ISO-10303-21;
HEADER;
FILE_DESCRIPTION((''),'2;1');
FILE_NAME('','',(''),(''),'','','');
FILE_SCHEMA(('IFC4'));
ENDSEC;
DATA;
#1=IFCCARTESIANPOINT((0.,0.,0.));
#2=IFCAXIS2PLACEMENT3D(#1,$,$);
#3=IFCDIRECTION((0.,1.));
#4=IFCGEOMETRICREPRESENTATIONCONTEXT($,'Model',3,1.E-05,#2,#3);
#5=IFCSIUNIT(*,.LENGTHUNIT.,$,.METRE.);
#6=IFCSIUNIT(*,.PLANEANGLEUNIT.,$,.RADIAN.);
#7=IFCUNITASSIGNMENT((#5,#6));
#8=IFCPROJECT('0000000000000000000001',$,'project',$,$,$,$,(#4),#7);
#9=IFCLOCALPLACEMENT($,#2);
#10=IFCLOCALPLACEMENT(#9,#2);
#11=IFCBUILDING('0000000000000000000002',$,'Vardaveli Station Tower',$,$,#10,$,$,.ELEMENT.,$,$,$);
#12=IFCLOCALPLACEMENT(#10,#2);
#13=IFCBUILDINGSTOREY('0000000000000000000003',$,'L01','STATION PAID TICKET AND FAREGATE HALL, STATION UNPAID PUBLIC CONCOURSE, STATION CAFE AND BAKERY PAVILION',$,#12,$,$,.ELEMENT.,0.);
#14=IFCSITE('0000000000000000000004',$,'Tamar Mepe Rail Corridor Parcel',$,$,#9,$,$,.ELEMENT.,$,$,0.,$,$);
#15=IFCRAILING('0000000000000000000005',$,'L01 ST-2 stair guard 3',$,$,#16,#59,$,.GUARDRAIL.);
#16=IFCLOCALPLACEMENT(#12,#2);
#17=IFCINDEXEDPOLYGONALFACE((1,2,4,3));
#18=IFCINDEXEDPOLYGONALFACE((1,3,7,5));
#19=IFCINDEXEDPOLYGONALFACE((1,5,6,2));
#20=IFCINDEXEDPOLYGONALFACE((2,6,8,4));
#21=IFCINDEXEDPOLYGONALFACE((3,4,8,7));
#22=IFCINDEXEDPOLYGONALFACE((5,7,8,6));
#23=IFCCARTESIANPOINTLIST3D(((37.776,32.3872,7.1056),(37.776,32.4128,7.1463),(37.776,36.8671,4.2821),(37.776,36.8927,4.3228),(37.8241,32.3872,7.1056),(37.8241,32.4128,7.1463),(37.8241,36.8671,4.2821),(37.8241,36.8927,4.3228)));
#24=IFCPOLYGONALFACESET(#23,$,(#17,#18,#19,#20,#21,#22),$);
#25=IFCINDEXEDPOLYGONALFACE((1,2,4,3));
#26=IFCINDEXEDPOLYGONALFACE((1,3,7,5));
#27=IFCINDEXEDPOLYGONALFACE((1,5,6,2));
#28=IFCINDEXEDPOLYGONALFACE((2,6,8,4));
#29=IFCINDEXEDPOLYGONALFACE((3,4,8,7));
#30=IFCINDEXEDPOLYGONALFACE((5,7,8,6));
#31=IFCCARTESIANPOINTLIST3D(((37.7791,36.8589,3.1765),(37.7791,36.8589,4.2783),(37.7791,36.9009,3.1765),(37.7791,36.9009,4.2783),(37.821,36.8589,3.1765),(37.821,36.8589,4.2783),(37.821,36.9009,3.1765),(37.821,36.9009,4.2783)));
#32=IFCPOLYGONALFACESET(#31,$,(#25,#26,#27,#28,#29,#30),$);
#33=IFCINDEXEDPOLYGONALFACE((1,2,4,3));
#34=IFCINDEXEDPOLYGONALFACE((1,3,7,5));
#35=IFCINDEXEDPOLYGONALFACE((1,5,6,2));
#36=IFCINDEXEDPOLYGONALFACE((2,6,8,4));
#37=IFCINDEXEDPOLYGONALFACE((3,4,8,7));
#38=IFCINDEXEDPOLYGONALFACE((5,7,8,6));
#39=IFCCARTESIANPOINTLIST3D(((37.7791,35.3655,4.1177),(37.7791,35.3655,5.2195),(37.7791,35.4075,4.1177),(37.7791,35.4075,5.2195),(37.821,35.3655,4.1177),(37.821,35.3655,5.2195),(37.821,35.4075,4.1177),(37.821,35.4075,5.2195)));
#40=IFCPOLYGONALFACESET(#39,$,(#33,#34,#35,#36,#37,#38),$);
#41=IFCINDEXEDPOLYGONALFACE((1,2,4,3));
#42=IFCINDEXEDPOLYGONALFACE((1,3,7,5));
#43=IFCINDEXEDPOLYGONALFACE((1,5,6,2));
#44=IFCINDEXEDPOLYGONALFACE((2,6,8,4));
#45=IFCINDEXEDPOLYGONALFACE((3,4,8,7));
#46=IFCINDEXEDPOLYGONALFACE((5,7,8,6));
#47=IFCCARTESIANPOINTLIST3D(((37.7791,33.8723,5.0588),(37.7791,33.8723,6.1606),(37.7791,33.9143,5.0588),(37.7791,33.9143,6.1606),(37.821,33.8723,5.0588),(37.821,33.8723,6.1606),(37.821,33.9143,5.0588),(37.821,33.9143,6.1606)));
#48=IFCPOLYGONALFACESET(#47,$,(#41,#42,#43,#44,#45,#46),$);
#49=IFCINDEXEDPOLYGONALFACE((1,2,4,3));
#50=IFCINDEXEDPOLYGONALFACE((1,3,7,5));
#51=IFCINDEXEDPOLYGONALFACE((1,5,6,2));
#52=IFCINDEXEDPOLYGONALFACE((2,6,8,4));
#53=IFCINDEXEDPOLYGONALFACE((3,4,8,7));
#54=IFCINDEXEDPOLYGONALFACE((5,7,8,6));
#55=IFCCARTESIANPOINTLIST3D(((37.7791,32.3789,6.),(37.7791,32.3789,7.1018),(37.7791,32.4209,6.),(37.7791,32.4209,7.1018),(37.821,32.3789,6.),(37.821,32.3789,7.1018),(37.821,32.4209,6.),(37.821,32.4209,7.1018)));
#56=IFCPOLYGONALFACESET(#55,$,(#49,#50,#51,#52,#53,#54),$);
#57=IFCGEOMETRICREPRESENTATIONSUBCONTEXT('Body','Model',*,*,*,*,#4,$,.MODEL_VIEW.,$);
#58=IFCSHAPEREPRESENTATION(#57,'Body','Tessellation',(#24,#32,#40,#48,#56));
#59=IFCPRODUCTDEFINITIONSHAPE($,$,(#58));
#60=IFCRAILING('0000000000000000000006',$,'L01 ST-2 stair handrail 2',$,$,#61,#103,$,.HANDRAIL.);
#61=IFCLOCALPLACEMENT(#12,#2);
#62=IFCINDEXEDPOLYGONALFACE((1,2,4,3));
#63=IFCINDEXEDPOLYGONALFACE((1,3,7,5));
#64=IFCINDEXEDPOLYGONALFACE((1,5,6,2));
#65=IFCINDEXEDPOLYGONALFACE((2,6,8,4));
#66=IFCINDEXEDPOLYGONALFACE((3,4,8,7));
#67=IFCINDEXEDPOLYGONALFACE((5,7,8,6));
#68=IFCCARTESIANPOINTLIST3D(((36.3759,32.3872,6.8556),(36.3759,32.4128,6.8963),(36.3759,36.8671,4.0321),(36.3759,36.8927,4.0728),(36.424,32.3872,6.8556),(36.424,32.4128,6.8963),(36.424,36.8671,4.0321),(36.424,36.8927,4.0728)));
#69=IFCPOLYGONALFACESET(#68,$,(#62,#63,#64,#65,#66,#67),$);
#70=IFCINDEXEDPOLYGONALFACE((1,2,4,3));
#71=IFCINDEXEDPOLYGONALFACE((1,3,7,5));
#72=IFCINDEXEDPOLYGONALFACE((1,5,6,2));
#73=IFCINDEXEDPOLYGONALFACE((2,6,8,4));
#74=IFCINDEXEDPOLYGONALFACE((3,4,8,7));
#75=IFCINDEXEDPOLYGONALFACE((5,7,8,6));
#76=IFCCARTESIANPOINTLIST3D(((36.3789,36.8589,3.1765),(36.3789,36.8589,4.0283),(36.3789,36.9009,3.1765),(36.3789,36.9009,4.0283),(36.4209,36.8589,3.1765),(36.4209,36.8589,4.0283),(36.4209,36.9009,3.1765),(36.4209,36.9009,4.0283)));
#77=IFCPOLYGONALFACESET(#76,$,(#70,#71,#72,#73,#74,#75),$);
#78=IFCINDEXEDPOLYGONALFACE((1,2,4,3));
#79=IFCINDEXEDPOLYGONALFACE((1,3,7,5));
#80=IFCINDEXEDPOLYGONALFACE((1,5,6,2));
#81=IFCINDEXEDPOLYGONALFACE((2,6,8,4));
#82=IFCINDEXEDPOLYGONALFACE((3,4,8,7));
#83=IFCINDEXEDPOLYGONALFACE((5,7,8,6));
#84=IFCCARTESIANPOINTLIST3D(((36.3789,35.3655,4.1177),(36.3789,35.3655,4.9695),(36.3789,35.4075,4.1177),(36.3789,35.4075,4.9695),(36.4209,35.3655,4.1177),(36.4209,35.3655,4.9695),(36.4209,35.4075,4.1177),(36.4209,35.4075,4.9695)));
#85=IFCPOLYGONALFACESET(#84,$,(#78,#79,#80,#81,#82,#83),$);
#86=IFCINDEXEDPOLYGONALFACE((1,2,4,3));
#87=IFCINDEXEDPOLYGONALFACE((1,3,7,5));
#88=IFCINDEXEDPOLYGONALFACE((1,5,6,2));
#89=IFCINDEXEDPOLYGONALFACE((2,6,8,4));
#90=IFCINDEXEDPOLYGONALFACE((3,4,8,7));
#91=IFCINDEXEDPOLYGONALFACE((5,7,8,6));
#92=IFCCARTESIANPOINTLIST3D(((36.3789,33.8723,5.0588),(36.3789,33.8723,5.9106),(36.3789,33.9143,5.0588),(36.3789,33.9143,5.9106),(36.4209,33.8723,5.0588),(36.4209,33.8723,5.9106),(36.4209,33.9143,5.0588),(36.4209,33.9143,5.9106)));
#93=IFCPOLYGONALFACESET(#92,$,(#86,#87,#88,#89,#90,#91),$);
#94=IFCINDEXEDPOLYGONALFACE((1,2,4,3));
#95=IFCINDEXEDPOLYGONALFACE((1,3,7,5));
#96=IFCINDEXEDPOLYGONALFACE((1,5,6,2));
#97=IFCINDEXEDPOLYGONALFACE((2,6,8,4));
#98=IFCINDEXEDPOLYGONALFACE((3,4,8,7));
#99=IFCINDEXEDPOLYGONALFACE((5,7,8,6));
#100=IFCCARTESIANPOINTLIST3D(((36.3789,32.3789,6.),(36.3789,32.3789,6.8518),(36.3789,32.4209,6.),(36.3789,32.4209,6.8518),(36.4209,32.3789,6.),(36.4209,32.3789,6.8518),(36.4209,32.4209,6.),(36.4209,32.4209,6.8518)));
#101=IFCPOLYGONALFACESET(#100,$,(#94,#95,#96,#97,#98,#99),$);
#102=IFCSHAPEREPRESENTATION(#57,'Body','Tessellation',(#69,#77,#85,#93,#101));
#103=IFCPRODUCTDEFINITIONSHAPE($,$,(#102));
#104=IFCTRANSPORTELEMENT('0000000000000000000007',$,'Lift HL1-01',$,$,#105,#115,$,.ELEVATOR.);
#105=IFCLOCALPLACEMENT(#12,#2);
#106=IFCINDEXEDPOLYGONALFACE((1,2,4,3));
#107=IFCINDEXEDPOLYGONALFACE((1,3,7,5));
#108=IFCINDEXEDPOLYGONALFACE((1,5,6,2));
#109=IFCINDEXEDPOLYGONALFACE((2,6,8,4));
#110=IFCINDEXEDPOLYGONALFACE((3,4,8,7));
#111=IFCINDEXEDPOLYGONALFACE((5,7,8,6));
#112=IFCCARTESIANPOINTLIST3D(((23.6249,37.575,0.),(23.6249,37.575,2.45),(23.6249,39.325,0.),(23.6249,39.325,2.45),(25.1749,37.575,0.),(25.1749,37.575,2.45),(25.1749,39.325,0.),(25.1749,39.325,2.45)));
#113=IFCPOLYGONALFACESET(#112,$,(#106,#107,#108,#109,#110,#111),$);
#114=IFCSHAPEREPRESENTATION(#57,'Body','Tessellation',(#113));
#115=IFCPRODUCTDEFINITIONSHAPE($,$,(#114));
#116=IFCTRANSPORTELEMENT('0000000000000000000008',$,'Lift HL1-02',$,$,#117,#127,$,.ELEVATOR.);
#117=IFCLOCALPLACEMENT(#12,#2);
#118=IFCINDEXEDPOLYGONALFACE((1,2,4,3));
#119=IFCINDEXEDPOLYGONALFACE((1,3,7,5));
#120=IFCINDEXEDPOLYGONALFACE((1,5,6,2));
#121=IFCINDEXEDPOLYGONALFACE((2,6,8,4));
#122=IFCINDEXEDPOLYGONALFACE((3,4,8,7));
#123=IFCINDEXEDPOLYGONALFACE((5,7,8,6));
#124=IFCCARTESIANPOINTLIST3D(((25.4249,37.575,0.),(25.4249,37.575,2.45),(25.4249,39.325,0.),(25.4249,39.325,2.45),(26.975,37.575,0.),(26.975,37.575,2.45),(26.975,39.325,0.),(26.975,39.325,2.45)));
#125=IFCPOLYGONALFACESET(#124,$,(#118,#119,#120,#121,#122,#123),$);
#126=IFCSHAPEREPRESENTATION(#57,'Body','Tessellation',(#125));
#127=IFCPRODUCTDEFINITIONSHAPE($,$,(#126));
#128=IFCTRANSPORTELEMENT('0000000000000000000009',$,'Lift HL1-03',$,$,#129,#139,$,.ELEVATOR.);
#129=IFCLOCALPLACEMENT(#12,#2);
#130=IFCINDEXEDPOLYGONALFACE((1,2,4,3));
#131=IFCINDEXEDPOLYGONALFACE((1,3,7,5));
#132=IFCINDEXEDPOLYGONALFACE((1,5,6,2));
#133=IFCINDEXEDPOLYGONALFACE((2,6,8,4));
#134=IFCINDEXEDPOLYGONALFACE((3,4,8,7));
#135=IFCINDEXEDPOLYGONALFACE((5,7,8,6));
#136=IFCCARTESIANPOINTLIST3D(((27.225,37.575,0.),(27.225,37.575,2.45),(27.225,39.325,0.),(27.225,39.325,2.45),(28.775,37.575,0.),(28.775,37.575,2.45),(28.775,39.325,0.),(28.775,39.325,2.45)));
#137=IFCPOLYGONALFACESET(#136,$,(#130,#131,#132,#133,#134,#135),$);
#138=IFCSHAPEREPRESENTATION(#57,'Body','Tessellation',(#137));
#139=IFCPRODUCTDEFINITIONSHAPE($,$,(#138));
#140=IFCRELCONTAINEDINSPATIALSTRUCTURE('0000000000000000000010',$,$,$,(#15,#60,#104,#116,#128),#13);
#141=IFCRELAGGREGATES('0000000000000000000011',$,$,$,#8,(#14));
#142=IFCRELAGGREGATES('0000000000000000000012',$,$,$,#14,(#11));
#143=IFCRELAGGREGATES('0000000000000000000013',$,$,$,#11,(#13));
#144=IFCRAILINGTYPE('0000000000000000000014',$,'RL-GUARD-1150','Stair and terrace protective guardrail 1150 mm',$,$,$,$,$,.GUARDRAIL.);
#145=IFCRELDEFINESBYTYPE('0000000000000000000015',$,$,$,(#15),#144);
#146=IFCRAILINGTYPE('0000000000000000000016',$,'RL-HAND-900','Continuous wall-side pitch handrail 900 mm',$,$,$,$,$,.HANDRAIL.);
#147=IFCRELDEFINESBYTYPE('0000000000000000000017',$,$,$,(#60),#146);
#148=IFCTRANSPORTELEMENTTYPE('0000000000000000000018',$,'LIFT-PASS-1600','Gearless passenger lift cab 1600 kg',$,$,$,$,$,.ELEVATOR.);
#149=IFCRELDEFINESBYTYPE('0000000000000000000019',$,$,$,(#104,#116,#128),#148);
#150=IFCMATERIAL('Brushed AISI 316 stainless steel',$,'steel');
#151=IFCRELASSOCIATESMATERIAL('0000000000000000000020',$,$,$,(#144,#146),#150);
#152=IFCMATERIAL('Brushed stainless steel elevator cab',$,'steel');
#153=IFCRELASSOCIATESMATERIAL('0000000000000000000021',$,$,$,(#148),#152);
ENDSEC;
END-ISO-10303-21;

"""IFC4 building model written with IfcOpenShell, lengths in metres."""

from ifc_helpers import new_model, si_unit, direction, frame, origin, origin_2d, place, context, subcontext, project, spatial, rectangle, extrude, source, transform, mapped, material, type_object, element, save


model = new_model("IFC4")

# Units and contexts
model_context = context("Model", 3, precision=1e-05, world=origin(), true_north=direction((0.0, 1.0)))
body_context = subcontext(model_context, "Body", "Model", "MODEL_VIEW")
ifc_project = project(units=[si_unit("LENGTHUNIT", "METRE"), si_unit("PLANEANGLEUNIT", "RADIAN")], contexts=[model_context])

# Site, building, storey
site_placement = place(None, origin())
site = spatial("IfcSite", under=ifc_project, at=site_placement, Name="Tamar Mepe Rail Corridor Parcel", CompositionType="ELEMENT", RefElevation=0.0)
building_placement = place(site_placement, origin())
building = spatial("IfcBuilding", under=site, at=building_placement, Name="Vardaveli Station Tower", CompositionType="ELEMENT")
storey_placement = place(building_placement, origin())
storey = spatial("IfcBuildingStorey", under=building, at=storey_placement, Name="L01", Description="STATION PAID TICKET AND FAREGATE HALL, STATION UNPAID PUBLIC CONCOURSE, STATION CAFE AND BAKERY PAVILION", CompositionType="ELEMENT", Elevation=0.0)

# Railings
ifc_material_1 = material(Name="Brushed AISI 316 stainless steel", Category="steel")
railing_type_1 = type_object("IfcRailingType", Name="RL-GUARD-1150", Description="Stair and terrace protective guardrail 1150 mm", PredefinedType="GUARDRAIL", material=ifc_material_1)
shared_shape_1 = source(origin(), body_context, "Body", "SweptSolid", [
    extrude(rectangle(XDim=0.0481, YDim=0.0481, at=origin_2d()), frame((0.0, 0.0, 1.126), z_axis=(0.0, -0.845998, 0.533186), x_axis=(1.0, 0.0, 0.0)), (0.0, 0.0, 1.0), 5.2954),
    extrude(rectangle(XDim=0.042, YDim=0.042, at=origin_2d()), origin(), (0.0, 0.0, 1.0), 1.1018),
    extrude(rectangle(XDim=0.042, YDim=0.042, at=origin_2d()), frame((0.0, -1.4934, 0.9412)), (0.0, 0.0, 1.0), 1.1018),
    extrude(rectangle(XDim=0.042, YDim=0.042, at=origin_2d()), frame((0.0, -2.9866, 1.8823)), (0.0, 0.0, 1.0), 1.1018),
    extrude(rectangle(XDim=0.042, YDim=0.042, at=origin_2d()), frame((0.0, -4.48, 2.8235)), (0.0, 0.0, 1.0), 1.1018),
])
railing_1_placement = place(storey_placement, frame((37.8, 36.8799, 3.1765)))
element("IfcRailing", 1, at=railing_1_placement, inside=storey, type_object=railing_type_1, Name="L01 ST-2 stair guard 3", PredefinedType="GUARDRAIL", context=body_context, shape_type="MappedRepresentation", body=[
    mapped(shared_shape_1, transform((0.0, 0.0, 0.0), scale=1.0)),
])
railing_type_2 = type_object("IfcRailingType", Name="RL-HAND-900", Description="Continuous wall-side pitch handrail 900 mm", PredefinedType="HANDRAIL", material=ifc_material_1)
shared_shape_2 = source(origin(), body_context, "Body", "SweptSolid", [
    extrude(rectangle(XDim=0.0481, YDim=0.0481, at=origin_2d()), frame((0.0, 0.0, 0.876), z_axis=(0.0, -0.845998, 0.533186), x_axis=(1.0, 0.0, 0.0)), (0.0, 0.0, 1.0), 5.2954),
    extrude(rectangle(XDim=0.042, YDim=0.042, at=origin_2d()), origin(), (0.0, 0.0, 1.0), 0.8518),
    extrude(rectangle(XDim=0.042, YDim=0.042, at=origin_2d()), frame((0.0, -1.4934, 0.9412)), (0.0, 0.0, 1.0), 0.8518),
    extrude(rectangle(XDim=0.042, YDim=0.042, at=origin_2d()), frame((0.0, -2.9866, 1.8823)), (0.0, 0.0, 1.0), 0.8518),
    extrude(rectangle(XDim=0.042, YDim=0.042, at=origin_2d()), frame((0.0, -4.48, 2.8235)), (0.0, 0.0, 1.0), 0.8518),
])
railing_2_placement = place(storey_placement, frame((36.3999, 36.8799, 3.1765)))
element("IfcRailing", 2, at=railing_2_placement, inside=storey, type_object=railing_type_2, Name="L01 ST-2 stair handrail 2", PredefinedType="HANDRAIL", context=body_context, shape_type="MappedRepresentation", body=[
    mapped(shared_shape_2, transform((0.0, 0.0, 0.0), scale=1.0)),
])

# Transport elements
ifc_material_2 = material(Name="Brushed stainless steel elevator cab", Category="steel")
transport_element_type = type_object("IfcTransportElementType", Name="LIFT-PASS-1600", Description="Gearless passenger lift cab 1600 kg", PredefinedType="ELEVATOR", material=ifc_material_2)
shared_shape_3 = source(origin(), body_context, "Body", "SweptSolid", [
    extrude(rectangle(XDim=1.55, YDim=1.75, at=origin_2d()), origin(), (0.0, 0.0, 1.0), 2.45),
])
for number, where, z_axis, x_axis, name in (
    (3, (24.3999, 38.45, 0.0), (0.0, 0.0, 1.0), (1.0, 0.0, 0.0), "Lift HL1-01"),
    (4, (26.2, 38.45, 0.0), (0.0, 0.0, 1.0), (1.0, 0.0, 0.0), "Lift HL1-02"),
    (5, (28.0, 38.45, 0.0), (0.0, 0.0, 1.0), (1.0, 0.0, 0.0), "Lift HL1-03"),
):
    element("IfcTransportElement", number, at=place(storey_placement, frame(where, z_axis=z_axis, x_axis=x_axis)), inside=storey, type_object=transport_element_type, Name=name, PredefinedType="ELEVATOR", context=body_context, shape_type="MappedRepresentation", body=[
        mapped(shared_shape_3, transform((0.0, 0.0, 0.0), scale=1.0)),
    ])

save(model, "model.ifc")
